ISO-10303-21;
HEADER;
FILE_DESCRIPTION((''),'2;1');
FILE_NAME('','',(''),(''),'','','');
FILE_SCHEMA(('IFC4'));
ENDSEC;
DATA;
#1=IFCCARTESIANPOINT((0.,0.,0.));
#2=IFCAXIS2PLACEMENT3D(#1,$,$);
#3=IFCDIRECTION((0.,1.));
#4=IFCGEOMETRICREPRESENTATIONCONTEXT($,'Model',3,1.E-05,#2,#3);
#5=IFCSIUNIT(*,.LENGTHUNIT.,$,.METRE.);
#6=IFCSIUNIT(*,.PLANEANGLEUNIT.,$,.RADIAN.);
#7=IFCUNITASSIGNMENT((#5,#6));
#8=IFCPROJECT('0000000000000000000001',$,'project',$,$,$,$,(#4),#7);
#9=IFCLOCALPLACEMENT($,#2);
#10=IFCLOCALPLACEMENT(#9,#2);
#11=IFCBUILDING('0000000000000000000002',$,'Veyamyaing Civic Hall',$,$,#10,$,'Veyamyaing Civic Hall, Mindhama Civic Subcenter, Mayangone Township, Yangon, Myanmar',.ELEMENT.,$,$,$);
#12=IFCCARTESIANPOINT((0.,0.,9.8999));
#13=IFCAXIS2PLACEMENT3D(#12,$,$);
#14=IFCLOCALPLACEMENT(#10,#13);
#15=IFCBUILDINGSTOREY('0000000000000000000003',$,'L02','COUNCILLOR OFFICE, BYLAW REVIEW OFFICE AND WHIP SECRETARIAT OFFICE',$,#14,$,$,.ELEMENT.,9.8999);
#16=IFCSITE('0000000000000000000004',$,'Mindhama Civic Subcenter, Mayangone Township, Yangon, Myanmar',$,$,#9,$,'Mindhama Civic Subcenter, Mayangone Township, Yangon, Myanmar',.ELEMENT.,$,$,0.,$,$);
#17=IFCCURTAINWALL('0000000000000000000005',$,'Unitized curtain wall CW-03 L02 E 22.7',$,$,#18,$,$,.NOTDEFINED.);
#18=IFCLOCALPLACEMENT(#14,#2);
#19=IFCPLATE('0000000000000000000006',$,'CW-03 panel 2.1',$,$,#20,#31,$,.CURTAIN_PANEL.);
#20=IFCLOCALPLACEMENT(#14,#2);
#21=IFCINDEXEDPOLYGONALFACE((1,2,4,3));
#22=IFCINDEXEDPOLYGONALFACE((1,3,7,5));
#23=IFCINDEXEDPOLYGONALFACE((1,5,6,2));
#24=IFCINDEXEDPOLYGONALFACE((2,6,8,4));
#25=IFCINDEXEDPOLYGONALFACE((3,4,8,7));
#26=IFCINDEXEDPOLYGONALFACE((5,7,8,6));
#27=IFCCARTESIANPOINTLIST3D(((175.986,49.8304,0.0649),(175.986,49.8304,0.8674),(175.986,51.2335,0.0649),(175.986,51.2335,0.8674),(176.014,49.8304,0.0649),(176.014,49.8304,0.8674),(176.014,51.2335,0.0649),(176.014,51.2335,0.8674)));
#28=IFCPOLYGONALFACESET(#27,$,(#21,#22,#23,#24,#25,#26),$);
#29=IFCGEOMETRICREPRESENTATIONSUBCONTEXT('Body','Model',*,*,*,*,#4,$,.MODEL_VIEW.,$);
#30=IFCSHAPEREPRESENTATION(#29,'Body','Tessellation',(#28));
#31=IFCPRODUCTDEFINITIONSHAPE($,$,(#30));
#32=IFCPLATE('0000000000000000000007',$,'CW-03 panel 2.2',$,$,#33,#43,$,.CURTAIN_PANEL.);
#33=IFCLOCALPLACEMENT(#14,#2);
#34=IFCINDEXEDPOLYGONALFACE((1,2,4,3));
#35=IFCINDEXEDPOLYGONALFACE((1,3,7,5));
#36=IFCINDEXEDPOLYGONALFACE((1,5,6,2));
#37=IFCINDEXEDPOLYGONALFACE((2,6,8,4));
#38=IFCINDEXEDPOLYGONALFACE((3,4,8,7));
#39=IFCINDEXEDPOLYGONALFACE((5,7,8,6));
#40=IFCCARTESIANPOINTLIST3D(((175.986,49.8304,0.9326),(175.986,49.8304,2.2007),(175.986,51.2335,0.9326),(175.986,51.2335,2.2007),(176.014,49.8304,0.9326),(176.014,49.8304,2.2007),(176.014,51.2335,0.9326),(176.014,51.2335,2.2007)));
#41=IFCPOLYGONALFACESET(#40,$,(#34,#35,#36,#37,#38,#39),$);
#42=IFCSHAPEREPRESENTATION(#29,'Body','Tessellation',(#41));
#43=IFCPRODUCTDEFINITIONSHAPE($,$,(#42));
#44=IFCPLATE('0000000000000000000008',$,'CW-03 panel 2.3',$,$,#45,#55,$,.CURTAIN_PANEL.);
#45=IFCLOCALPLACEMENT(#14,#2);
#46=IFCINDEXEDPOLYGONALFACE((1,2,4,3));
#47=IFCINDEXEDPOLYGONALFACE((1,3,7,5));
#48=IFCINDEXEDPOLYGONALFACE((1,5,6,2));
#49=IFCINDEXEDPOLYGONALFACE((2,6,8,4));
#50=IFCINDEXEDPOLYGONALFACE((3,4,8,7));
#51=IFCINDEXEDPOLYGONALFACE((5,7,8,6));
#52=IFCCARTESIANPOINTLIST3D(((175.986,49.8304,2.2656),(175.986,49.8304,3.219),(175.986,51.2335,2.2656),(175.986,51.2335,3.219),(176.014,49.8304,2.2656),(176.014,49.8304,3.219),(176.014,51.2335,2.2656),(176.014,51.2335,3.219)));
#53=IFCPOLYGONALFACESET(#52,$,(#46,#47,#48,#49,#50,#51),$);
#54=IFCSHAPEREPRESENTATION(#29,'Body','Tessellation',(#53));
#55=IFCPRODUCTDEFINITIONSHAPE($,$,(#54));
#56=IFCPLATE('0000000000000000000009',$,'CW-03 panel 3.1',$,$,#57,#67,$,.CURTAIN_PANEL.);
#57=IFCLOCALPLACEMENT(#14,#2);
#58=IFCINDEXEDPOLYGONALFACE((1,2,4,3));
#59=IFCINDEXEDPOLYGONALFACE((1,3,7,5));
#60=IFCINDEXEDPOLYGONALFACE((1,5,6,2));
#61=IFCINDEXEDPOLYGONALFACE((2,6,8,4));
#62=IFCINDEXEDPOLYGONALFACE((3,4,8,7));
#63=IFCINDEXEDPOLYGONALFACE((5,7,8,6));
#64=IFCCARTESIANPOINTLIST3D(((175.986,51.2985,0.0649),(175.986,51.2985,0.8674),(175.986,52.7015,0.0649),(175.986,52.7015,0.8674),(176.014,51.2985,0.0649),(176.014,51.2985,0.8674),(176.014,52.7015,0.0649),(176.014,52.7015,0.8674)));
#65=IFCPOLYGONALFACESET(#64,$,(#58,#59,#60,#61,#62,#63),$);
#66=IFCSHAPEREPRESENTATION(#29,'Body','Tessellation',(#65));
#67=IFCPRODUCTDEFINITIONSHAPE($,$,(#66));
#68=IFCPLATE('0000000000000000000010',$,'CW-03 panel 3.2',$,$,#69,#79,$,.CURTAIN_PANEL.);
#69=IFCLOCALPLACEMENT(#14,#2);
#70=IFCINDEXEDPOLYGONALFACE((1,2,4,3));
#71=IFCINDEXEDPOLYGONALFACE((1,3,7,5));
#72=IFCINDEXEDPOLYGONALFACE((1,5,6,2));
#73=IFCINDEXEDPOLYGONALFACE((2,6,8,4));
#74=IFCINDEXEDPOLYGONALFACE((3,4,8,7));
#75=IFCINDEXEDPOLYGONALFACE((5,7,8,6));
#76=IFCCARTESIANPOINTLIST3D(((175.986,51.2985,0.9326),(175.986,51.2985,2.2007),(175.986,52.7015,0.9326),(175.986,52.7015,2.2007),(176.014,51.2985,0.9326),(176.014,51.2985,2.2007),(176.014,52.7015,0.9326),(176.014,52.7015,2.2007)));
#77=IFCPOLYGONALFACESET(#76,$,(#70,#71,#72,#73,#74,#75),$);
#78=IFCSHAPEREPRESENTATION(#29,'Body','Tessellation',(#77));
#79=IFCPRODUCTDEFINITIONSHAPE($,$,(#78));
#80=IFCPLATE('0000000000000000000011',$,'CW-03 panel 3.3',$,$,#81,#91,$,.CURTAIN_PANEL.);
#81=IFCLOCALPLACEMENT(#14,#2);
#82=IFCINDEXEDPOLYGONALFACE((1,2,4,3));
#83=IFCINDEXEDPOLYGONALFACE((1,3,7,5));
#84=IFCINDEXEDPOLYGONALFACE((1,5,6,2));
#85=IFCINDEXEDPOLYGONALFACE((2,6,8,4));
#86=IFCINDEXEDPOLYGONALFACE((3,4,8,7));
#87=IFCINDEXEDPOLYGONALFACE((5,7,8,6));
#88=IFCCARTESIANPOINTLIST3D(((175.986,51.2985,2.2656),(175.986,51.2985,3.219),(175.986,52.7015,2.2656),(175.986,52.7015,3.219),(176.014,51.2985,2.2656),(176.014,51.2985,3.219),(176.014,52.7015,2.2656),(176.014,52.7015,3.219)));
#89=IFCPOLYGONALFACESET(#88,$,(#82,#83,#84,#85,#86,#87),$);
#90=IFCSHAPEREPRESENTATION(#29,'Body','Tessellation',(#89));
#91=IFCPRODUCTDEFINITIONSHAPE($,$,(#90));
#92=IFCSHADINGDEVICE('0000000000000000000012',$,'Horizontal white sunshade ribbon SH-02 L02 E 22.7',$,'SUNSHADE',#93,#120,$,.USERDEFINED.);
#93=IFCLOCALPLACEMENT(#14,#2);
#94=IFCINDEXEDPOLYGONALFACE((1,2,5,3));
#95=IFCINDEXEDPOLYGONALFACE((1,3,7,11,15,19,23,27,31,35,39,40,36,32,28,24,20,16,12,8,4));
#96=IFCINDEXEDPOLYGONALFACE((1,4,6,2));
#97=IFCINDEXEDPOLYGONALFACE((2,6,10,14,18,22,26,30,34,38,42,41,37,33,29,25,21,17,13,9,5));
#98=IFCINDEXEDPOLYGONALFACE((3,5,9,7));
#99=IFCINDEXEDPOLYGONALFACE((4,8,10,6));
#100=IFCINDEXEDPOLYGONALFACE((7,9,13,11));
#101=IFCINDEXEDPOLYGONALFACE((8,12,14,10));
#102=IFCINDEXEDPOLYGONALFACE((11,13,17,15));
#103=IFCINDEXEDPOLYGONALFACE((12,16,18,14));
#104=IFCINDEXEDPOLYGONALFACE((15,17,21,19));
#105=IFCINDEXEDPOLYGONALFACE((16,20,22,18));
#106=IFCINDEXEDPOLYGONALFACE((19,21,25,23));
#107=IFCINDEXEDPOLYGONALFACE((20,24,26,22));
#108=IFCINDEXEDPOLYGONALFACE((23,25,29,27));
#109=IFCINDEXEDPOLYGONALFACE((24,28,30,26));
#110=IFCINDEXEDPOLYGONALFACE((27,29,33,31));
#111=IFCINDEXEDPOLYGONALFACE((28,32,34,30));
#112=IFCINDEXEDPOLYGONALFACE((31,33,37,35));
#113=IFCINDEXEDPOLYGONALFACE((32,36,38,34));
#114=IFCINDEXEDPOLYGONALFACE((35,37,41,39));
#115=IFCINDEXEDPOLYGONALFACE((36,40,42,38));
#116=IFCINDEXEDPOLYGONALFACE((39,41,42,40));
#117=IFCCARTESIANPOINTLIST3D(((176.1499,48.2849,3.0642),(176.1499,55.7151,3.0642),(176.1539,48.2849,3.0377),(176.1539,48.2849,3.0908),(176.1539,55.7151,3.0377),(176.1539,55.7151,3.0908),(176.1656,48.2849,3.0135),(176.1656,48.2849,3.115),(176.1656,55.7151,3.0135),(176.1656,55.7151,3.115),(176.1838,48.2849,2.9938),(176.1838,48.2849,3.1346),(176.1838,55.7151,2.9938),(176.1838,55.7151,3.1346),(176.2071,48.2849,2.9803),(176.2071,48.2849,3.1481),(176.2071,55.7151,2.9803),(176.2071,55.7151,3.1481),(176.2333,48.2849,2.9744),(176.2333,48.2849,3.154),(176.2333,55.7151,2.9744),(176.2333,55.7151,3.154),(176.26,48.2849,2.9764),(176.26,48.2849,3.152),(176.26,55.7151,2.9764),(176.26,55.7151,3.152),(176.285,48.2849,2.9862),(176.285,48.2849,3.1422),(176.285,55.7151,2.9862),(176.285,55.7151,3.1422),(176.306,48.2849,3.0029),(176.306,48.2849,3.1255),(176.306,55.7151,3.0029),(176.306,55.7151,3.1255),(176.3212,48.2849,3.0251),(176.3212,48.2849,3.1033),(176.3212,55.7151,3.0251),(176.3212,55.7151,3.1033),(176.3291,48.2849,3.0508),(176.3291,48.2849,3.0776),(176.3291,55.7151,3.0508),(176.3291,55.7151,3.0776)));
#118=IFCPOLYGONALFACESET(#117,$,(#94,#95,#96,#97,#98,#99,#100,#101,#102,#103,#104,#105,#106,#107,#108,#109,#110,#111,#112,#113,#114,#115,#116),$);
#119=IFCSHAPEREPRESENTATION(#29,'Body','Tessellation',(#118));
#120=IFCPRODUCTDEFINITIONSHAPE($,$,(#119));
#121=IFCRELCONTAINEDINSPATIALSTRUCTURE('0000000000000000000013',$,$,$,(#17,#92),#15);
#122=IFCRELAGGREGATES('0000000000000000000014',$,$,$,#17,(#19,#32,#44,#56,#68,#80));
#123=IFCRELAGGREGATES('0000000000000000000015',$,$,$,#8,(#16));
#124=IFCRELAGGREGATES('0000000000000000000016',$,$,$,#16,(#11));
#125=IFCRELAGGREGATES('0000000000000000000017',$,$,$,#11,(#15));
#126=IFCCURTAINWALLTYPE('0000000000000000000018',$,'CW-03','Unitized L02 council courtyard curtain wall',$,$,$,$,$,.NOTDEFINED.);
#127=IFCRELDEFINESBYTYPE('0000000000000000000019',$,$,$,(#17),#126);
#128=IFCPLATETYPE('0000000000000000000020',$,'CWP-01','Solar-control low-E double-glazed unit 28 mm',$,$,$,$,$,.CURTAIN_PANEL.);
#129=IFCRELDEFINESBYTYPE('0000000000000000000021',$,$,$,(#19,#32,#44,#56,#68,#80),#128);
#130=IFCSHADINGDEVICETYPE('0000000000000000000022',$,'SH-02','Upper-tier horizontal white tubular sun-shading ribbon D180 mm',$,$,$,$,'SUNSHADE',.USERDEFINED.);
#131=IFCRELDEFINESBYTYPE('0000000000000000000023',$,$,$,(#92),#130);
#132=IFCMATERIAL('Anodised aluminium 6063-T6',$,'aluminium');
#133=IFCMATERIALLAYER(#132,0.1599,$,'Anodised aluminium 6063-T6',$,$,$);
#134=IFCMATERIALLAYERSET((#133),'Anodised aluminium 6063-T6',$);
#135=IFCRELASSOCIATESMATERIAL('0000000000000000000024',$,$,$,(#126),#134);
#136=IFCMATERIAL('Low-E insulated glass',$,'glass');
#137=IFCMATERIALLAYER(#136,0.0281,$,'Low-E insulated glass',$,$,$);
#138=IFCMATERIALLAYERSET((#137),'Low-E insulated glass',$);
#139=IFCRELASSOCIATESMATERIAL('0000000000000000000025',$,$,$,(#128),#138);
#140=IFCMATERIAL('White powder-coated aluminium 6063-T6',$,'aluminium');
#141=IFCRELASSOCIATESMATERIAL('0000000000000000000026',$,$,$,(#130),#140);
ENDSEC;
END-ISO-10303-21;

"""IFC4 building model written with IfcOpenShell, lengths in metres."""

from ifc_helpers import new_model, si_unit, direction, frame, origin, origin_2d, place, context, subcontext, project, spatial, rectangle, circle, extrude, material, layer, layer_set, material_profile, profile_set, type_object, element, aggregate, save


model = new_model("IFC4")

# Units and contexts
model_context = context("Model", 3, precision=1e-05, world=origin(), true_north=direction((0.0, 1.0)))
body_context = subcontext(model_context, "Body", "Model", "MODEL_VIEW")
ifc_project = project(units=[si_unit("LENGTHUNIT", "METRE"), si_unit("PLANEANGLEUNIT", "RADIAN")], contexts=[model_context])

# Site, building, storey
site_placement = place(None, origin())
site = spatial("IfcSite", under=ifc_project, at=site_placement, Name="Mindhama Civic Subcenter, Mayangone Township, Yangon, Myanmar", LongName="Mindhama Civic Subcenter, Mayangone Township, Yangon, Myanmar", CompositionType="ELEMENT", RefElevation=0.0)
building_placement = place(site_placement, origin())
building = spatial("IfcBuilding", under=site, at=building_placement, Name="Veyamyaing Civic Hall", LongName="Veyamyaing Civic Hall, Mindhama Civic Subcenter, Mayangone Township, Yangon, Myanmar", CompositionType="ELEMENT")
storey_placement = place(building_placement, frame((0.0, 0.0, 9.8999)))
storey = spatial("IfcBuildingStorey", under=building, at=storey_placement, Name="L02", Description="COUNCILLOR OFFICE, BYLAW REVIEW OFFICE AND WHIP SECRETARIAT OFFICE", CompositionType="ELEMENT", Elevation=9.8999)

# Curtain wall, plates
ifc_material_1 = material(Name="Anodised aluminium 6063-T6", Category="aluminium")
ifc_layer_1 = layer(ifc_material_1, 0.1599, Name="Anodised aluminium 6063-T6")
ifc_layer_set_1 = layer_set([ifc_layer_1], Name="Anodised aluminium 6063-T6")
curtain_wall_type = type_object("IfcCurtainWallType", Name="CW-03", Description="Unitized L02 council courtyard curtain wall", PredefinedType="NOTDEFINED", material=ifc_layer_set_1)
curtain_wall_placement = place(storey_placement, origin())
curtain_wall = element("IfcCurtainWall", 1, at=curtain_wall_placement, inside=storey, type_object=curtain_wall_type, Name="Unitized curtain wall CW-03 L02 E 22.7", PredefinedType="NOTDEFINED")
ifc_material_2 = material(Name="Low-E insulated glass", Category="glass")
ifc_layer_2 = layer(ifc_material_2, 0.0281, Name="Low-E insulated glass")
ifc_layer_set_2 = layer_set([ifc_layer_2], Name="Low-E insulated glass")
plate_type = type_object("IfcPlateType", Name="CWP-01", Description="Solar-control low-E double-glazed unit 28 mm", PredefinedType="CURTAIN_PANEL", material=ifc_layer_set_2)
plate_1_placement = place(storey_placement, frame((176.0, 50.532, 0.0649), z_axis=(0.0, 0.0, 1.0), x_axis=(0.0, 1.0, 0.0)))
plate_1 = element("IfcPlate", 2, at=plate_1_placement, type_object=plate_type, Name="CW-03 panel 2.1", PredefinedType="CURTAIN_PANEL", context=body_context, shape_type="SweptSolid", body=[
    extrude(rectangle(XDim=1.4031, YDim=0.0281, at=origin_2d()), origin(), (0.0, 0.0, 1.0), 0.8025),
])
plate_2_placement = place(storey_placement, frame((176.0, 50.532, 0.9326), z_axis=(0.0, 0.0, 1.0), x_axis=(0.0, 1.0, 0.0)))
plate_2 = element("IfcPlate", 3, at=plate_2_placement, type_object=plate_type, Name="CW-03 panel 2.2", PredefinedType="CURTAIN_PANEL", context=body_context, shape_type="SweptSolid", body=[
    extrude(rectangle(XDim=1.4031, YDim=0.0281, at=origin_2d()), origin(), (0.0, 0.0, 1.0), 1.2681),
])
plate_3_placement = place(storey_placement, frame((176.0, 50.532, 2.2656), z_axis=(0.0, 0.0, 1.0), x_axis=(0.0, 1.0, 0.0)))
plate_3 = element("IfcPlate", 4, at=plate_3_placement, type_object=plate_type, Name="CW-03 panel 2.3", PredefinedType="CURTAIN_PANEL", context=body_context, shape_type="SweptSolid", body=[
    extrude(rectangle(XDim=1.4031, YDim=0.0281, at=origin_2d()), origin(), (0.0, 0.0, 1.0), 0.9534),
])
plate_4_placement = place(storey_placement, frame((176.0, 52.0, 0.0649), z_axis=(0.0, 0.0, 1.0), x_axis=(0.0, 1.0, 0.0)))
plate_4 = element("IfcPlate", 5, at=plate_4_placement, type_object=plate_type, Name="CW-03 panel 3.1", PredefinedType="CURTAIN_PANEL", context=body_context, shape_type="SweptSolid", body=[
    extrude(rectangle(XDim=1.4031, YDim=0.0281, at=origin_2d()), origin(), (0.0, 0.0, 1.0), 0.8025),
])
plate_5_placement = place(storey_placement, frame((176.0, 52.0, 0.9326), z_axis=(0.0, 0.0, 1.0), x_axis=(0.0, 1.0, 0.0)))
plate_5 = element("IfcPlate", 6, at=plate_5_placement, type_object=plate_type, Name="CW-03 panel 3.2", PredefinedType="CURTAIN_PANEL", context=body_context, shape_type="SweptSolid", body=[
    extrude(rectangle(XDim=1.4031, YDim=0.0281, at=origin_2d()), origin(), (0.0, 0.0, 1.0), 1.2681),
])
plate_6_placement = place(storey_placement, frame((176.0, 52.0, 2.2656), z_axis=(0.0, 0.0, 1.0), x_axis=(0.0, 1.0, 0.0)))
plate_6 = element("IfcPlate", 7, at=plate_6_placement, type_object=plate_type, Name="CW-03 panel 3.3", PredefinedType="CURTAIN_PANEL", context=body_context, shape_type="SweptSolid", body=[
    extrude(rectangle(XDim=1.4031, YDim=0.0281, at=origin_2d()), origin(), (0.0, 0.0, 1.0), 0.9534),
])
aggregate(curtain_wall, [plate_1, plate_2, plate_3, plate_4, plate_5, plate_6])

# Shading device
ifc_material_3 = material(Name="White powder-coated aluminium 6063-T6", Category="aluminium")
ifc_material_profile_1 = material_profile(ifc_material_3, circle(Radius=0.0901, at=origin_2d()), Name="SHADE-TUBE-180")
ifc_profile_set_1 = profile_set([ifc_material_profile_1], Name="White powder-coated aluminium 6063-T6")
shading_device_type = type_object("IfcShadingDeviceType", Name="SH-02", Description="Upper-tier horizontal white tubular sun-shading ribbon D180 mm", ElementType="SUNSHADE", PredefinedType="USERDEFINED", material=ifc_profile_set_1)
shading_device_placement = place(storey_placement, frame((176.24, 48.2849, 3.0642), z_axis=(0.0, 1.0, 0.0), x_axis=(-1.0, 0.0, 0.0)))
element("IfcShadingDevice", 8, at=shading_device_placement, inside=storey, type_object=shading_device_type, Name="Horizontal white sunshade ribbon SH-02 L02 E 22.7", ObjectType="SUNSHADE", PredefinedType="USERDEFINED", context=body_context, shape_type="SweptSolid", body=[
    extrude(circle(Radius=0.0901, at=origin_2d()), origin(), (0.0, 0.0, 1.0), 7.4302),
])

save(model, "model.ifc")
